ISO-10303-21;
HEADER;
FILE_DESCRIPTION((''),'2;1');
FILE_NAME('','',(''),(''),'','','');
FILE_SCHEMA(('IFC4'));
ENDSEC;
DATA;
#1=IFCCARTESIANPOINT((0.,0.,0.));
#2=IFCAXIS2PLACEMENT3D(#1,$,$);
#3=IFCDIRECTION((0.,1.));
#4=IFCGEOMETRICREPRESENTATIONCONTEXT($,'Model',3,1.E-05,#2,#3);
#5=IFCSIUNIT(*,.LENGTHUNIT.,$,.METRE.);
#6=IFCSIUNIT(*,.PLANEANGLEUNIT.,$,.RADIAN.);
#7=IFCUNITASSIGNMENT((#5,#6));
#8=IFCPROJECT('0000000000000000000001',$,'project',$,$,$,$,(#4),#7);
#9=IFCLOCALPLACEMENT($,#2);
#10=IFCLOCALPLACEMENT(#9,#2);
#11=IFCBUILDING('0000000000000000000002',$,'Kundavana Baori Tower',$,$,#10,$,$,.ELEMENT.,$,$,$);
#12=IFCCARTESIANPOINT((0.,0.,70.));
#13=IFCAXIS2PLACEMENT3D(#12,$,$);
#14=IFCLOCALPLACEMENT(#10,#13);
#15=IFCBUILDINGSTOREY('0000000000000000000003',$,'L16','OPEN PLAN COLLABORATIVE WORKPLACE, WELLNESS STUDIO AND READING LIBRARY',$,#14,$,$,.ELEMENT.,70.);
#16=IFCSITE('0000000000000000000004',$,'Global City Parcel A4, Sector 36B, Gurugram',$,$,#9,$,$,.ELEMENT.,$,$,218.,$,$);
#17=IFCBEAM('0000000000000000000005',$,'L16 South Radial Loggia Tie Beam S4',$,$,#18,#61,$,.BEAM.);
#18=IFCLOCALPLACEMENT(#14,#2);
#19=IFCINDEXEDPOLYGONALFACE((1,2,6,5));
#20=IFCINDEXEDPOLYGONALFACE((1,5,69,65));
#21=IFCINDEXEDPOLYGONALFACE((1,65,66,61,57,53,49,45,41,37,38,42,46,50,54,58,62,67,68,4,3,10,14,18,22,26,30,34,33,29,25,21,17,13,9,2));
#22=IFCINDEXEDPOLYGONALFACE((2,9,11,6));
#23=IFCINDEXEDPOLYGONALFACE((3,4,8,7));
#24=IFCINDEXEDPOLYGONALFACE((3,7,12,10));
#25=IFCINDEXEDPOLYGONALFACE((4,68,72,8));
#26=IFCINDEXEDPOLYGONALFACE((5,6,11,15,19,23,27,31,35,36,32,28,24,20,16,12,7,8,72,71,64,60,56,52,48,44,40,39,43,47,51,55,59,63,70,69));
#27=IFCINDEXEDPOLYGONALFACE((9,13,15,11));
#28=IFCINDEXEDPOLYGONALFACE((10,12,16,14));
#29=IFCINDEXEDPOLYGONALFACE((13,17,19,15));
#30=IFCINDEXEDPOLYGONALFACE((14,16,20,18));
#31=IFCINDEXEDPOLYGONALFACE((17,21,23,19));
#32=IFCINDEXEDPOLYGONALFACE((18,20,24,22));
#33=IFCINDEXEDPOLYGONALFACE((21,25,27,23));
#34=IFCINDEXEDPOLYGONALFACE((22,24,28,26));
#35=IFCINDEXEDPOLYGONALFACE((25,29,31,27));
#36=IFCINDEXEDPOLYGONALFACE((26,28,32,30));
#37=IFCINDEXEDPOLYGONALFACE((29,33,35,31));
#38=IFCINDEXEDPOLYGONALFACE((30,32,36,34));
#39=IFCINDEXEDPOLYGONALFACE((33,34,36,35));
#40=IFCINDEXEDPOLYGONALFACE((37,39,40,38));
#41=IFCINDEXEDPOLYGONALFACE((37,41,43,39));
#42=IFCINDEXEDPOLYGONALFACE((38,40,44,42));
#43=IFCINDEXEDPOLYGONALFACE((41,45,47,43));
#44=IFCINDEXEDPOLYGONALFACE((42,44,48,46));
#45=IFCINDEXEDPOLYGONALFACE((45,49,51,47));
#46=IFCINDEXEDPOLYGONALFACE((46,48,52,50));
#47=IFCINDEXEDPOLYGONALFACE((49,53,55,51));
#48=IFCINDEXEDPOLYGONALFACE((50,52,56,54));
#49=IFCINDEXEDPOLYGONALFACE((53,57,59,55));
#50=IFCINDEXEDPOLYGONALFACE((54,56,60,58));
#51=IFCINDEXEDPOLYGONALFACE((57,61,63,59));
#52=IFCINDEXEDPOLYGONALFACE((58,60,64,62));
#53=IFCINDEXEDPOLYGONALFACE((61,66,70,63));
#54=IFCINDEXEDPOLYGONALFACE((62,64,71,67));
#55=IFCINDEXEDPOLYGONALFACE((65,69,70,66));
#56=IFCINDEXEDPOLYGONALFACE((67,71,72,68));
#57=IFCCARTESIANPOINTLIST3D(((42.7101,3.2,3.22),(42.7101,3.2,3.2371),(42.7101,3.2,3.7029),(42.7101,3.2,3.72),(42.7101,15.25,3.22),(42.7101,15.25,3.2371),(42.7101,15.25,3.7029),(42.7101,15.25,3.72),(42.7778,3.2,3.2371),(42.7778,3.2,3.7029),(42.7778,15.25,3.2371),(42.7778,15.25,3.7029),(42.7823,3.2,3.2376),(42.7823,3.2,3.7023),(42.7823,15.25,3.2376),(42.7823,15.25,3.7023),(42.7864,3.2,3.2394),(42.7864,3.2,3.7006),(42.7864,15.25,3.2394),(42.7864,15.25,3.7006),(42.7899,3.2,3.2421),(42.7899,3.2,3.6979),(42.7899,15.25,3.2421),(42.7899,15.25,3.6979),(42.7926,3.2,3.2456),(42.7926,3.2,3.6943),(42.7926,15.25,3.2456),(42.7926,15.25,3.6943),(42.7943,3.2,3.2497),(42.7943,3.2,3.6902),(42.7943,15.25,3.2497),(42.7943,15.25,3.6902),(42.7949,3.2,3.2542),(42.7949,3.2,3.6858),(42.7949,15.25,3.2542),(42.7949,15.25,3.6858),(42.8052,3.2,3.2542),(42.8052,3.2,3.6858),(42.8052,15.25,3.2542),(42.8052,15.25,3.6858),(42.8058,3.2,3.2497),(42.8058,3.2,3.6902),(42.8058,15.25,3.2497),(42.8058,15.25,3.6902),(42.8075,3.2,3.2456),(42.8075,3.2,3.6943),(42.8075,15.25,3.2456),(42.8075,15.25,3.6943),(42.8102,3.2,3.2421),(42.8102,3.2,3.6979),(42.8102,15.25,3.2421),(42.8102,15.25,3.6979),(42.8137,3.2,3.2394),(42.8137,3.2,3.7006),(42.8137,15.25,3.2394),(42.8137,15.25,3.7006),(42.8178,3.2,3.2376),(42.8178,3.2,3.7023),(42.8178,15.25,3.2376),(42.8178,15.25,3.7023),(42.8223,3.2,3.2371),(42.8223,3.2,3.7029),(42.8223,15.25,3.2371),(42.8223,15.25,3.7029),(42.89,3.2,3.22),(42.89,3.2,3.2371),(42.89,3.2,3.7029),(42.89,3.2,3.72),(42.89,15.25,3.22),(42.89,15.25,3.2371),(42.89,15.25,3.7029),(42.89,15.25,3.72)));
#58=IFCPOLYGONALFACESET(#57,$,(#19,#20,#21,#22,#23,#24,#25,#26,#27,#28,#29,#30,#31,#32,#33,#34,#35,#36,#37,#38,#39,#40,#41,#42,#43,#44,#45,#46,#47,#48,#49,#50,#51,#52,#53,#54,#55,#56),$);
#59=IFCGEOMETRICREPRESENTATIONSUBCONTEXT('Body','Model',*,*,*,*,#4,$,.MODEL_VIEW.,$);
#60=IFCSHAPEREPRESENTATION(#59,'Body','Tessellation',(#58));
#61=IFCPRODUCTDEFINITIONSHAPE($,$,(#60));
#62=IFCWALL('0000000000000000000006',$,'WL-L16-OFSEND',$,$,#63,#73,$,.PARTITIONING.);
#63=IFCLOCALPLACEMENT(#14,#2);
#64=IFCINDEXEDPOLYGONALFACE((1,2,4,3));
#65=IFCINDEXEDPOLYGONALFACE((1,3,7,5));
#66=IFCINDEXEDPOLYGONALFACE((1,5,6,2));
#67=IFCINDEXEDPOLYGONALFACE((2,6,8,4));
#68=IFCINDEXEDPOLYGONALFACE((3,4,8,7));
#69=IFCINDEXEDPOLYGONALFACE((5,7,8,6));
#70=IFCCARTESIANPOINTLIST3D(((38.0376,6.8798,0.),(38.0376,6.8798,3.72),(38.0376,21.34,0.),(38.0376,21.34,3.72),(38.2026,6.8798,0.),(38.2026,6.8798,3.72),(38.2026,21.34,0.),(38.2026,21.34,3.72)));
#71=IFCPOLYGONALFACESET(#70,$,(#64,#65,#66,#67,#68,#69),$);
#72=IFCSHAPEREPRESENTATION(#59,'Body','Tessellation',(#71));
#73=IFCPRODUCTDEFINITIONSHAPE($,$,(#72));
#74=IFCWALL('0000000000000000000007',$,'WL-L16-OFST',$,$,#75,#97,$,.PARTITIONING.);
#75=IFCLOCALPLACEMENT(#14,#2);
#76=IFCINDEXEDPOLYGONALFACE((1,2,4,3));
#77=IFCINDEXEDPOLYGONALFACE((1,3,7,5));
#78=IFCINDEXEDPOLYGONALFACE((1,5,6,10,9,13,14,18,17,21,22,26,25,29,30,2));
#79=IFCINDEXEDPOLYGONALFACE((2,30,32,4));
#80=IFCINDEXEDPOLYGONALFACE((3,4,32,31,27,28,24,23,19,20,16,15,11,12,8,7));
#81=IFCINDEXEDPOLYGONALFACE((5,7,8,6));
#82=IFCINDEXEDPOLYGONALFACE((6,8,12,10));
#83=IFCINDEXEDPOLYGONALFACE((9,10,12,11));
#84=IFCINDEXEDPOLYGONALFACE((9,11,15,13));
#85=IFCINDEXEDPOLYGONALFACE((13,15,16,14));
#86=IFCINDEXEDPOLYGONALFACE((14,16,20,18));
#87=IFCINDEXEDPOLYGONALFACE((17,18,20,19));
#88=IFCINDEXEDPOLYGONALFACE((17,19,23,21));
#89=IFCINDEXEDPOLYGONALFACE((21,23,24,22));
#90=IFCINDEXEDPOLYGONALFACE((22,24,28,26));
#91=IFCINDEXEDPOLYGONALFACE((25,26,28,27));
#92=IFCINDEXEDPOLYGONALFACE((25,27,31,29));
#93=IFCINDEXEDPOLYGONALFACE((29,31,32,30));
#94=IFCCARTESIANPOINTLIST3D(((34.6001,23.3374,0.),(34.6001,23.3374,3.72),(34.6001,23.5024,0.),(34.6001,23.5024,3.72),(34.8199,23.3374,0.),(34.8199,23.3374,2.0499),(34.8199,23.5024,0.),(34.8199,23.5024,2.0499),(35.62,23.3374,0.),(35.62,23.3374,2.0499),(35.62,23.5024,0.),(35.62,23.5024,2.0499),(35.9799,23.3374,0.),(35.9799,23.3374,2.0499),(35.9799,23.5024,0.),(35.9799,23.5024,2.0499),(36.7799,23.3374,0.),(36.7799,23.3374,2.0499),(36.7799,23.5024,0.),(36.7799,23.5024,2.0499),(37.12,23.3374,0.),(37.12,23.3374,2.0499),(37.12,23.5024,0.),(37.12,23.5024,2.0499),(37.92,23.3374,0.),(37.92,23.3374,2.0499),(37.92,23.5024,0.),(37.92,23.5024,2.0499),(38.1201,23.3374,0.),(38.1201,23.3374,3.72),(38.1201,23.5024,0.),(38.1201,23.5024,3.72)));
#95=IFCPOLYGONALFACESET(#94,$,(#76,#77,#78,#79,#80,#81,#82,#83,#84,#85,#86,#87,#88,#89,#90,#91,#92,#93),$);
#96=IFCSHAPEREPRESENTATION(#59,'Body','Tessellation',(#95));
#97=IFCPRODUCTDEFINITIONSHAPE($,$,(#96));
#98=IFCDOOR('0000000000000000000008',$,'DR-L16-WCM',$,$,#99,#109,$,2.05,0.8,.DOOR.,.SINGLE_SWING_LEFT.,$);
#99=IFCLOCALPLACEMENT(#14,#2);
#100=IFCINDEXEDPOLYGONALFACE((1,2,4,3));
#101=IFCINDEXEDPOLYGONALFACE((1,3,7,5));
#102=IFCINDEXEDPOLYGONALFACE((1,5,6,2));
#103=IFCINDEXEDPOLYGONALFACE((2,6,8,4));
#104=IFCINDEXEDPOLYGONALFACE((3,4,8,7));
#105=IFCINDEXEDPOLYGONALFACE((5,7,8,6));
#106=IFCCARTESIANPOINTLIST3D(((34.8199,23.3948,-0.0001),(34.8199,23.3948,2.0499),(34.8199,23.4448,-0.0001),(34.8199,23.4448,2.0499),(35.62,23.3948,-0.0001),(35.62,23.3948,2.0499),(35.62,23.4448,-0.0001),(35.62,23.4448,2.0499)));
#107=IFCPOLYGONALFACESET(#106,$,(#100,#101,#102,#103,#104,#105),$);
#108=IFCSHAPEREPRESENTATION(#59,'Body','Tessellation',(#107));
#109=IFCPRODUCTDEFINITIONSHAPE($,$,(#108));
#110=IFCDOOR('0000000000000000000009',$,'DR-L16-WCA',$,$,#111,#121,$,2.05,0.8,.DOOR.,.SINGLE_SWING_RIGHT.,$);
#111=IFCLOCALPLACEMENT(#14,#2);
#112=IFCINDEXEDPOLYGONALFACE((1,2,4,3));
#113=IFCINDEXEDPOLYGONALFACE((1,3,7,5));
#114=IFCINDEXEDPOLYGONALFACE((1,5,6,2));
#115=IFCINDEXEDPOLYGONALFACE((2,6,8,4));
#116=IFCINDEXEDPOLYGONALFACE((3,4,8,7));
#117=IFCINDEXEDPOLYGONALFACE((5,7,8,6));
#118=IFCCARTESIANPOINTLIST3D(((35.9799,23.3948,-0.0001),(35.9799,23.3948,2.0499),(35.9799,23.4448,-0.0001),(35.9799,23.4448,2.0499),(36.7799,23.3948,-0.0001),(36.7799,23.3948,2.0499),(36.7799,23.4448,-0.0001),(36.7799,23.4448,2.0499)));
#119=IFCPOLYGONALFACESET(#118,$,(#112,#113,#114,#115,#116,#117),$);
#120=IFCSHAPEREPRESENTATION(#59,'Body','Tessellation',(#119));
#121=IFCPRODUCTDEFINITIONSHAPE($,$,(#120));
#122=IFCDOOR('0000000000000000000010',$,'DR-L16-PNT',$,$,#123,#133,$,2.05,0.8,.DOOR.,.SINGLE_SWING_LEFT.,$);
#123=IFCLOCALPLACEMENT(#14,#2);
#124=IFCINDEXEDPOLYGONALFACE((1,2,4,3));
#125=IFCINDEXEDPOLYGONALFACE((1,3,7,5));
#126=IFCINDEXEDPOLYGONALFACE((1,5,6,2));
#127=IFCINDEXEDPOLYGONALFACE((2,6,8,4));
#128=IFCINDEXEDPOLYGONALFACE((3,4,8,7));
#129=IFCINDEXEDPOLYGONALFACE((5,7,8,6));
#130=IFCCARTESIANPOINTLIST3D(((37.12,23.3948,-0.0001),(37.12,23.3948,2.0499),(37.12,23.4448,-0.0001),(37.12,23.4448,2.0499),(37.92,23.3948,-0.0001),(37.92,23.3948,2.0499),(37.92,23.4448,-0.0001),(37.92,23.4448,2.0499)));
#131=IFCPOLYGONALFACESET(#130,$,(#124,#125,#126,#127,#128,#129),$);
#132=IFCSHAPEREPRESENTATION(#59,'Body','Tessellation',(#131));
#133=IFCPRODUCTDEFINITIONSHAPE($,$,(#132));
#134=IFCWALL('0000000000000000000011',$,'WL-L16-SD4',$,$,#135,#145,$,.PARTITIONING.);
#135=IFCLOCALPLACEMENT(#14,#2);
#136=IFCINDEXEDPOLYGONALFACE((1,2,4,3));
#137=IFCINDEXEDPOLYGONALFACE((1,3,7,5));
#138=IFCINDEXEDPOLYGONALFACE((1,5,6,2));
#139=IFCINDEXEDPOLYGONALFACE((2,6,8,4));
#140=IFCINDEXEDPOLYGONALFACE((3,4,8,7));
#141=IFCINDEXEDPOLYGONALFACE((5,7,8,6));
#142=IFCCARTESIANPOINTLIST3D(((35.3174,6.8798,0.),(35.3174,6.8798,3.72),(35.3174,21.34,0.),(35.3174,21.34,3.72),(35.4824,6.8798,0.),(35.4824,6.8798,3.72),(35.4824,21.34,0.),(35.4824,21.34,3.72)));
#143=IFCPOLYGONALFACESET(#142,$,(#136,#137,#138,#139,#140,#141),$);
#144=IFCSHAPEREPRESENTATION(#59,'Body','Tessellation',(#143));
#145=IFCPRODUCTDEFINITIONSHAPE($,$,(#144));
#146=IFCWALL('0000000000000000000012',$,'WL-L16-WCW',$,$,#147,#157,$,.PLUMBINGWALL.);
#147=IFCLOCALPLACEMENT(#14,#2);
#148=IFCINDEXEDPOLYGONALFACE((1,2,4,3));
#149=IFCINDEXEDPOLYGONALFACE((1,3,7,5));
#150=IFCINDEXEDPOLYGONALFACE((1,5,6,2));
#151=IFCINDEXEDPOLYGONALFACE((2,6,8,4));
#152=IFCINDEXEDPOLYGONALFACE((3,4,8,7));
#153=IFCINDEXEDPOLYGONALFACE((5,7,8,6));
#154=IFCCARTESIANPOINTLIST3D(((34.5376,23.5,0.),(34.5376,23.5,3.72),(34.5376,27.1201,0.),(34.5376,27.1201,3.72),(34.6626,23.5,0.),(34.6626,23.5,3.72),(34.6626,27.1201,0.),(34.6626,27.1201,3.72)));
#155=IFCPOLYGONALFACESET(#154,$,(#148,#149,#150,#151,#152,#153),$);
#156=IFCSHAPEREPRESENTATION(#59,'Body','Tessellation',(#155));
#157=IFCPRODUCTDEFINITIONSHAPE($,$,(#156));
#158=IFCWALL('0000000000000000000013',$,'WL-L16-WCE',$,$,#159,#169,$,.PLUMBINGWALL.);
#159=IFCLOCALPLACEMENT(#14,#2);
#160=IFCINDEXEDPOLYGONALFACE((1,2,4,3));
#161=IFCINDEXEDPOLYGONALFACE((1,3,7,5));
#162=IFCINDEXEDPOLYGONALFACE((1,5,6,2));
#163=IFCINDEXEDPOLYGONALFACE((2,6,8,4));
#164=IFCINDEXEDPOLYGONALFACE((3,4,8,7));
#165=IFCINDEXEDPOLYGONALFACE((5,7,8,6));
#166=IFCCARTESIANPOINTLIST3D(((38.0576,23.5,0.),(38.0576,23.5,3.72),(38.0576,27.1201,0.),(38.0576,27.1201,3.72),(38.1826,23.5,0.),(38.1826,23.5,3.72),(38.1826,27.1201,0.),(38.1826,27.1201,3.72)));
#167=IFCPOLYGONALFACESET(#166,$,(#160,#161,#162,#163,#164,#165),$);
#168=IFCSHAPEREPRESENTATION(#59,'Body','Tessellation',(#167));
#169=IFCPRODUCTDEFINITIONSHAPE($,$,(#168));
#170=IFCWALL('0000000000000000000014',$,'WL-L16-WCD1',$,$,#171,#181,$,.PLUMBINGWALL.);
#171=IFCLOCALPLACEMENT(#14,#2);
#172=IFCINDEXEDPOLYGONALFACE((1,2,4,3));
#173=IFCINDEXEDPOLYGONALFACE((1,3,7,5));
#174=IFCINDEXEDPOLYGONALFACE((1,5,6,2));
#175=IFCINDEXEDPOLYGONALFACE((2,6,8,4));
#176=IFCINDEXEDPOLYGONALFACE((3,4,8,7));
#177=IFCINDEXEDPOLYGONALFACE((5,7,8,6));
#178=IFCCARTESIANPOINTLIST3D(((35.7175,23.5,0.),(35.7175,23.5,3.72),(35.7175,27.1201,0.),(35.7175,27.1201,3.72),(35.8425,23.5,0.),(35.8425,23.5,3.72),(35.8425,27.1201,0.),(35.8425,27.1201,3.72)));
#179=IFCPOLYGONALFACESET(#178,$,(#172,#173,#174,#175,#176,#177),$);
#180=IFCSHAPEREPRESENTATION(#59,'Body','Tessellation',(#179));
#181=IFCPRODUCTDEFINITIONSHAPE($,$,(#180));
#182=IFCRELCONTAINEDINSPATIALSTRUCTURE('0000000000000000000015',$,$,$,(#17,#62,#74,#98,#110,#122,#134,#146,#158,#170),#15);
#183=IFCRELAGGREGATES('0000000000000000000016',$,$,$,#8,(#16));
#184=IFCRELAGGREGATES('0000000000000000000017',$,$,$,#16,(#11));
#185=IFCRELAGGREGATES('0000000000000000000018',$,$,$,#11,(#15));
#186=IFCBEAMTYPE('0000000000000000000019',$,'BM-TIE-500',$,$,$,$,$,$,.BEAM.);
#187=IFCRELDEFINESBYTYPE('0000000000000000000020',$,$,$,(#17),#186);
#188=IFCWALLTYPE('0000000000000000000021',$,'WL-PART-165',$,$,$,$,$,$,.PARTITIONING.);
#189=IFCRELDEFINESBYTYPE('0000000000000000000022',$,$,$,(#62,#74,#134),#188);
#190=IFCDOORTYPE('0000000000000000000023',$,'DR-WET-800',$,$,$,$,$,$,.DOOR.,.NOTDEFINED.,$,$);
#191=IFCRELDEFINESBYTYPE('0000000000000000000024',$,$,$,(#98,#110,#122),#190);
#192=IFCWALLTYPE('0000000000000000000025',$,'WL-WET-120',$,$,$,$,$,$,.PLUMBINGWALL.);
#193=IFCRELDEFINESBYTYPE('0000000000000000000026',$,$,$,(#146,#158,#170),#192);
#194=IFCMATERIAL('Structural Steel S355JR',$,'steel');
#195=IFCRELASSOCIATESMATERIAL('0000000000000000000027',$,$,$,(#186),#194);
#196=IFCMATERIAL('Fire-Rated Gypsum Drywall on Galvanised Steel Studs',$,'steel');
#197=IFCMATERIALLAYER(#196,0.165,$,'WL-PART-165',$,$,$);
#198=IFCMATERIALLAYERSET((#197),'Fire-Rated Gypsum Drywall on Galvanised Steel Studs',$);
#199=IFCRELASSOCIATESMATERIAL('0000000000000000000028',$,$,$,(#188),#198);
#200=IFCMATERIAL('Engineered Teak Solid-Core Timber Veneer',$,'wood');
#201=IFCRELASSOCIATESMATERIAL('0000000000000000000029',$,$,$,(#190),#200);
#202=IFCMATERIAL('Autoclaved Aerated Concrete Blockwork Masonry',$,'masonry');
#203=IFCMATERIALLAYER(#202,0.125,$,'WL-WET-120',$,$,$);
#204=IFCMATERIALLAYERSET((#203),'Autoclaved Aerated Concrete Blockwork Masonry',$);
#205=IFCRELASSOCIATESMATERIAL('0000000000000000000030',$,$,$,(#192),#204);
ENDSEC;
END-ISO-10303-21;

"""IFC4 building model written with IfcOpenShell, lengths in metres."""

from ifc_helpers import new_model, si_unit, direction, frame, frame_2d, origin, origin_2d, place, context, subcontext, project, spatial, rectangle, i_section, extrude, material, layer, layer_set, material_profile, profile_set, type_object, element, fill, save


model = new_model("IFC4")

# Units and contexts
model_context = context("Model", 3, precision=1e-05, world=origin(), true_north=direction((0.0, 1.0)))
body_context = subcontext(model_context, "Body", "Model", "MODEL_VIEW")
ifc_project = project(units=[si_unit("LENGTHUNIT", "METRE"), si_unit("PLANEANGLEUNIT", "RADIAN")], contexts=[model_context])

# Site, building, storey
site_placement = place(None, origin())
site = spatial("IfcSite", under=ifc_project, at=site_placement, Name="Global City Parcel A4, Sector 36B, Gurugram", CompositionType="ELEMENT", RefElevation=218.0)
building_placement = place(site_placement, origin())
building = spatial("IfcBuilding", under=site, at=building_placement, Name="Kundavana Baori Tower", CompositionType="ELEMENT")
storey_placement = place(building_placement, frame((0.0, 0.0, 70.0)))
storey = spatial("IfcBuildingStorey", under=building, at=storey_placement, Name="L16", Description="OPEN PLAN COLLABORATIVE WORKPLACE, WELLNESS STUDIO AND READING LIBRARY", CompositionType="ELEMENT", Elevation=70.0)

# Beam
ifc_material_1 = material(Name="Structural Steel S355JR", Category="steel")
ifc_material_profile_1 = material_profile(ifc_material_1, i_section(OverallWidth=0.1799, OverallDepth=0.5, WebThickness=0.0103, FlangeThickness=0.0171, FilletRadius=0.0171, at=origin_2d()), Name="ISMB 500")
ifc_profile_set_1 = profile_set([ifc_material_profile_1], Name="Structural Steel S355JR")
beam_type_1 = type_object("IfcBeamType", Name="BM-TIE-500", PredefinedType="BEAM", material=ifc_profile_set_1)
beam_1_placement = place(storey_placement, frame((42.8, 15.25, 3.47), z_axis=(0.0, -1.0, 0.0), x_axis=(1.0, 0.0, 0.0)))
element("IfcBeam", 1, at=beam_1_placement, inside=storey, type_object=beam_type_1, Name="L16 South Radial Loggia Tie Beam S4", PredefinedType="BEAM", context=body_context, shape_type="SweptSolid", body=[
    extrude(i_section(OverallWidth=0.1799, OverallDepth=0.5, WebThickness=0.0103, FlangeThickness=0.0171, FilletRadius=0.0171, at=origin_2d()), origin(), (0.0, 0.0, 1.0), 12.05),
])

# Wall
ifc_material_2 = material(Name="Fire-Rated Gypsum Drywall on Galvanised Steel Studs", Category="steel")
ifc_layer_1 = layer(ifc_material_2, 0.165, Name="WL-PART-165")
ifc_layer_set_1 = layer_set([ifc_layer_1], Name="Fire-Rated Gypsum Drywall on Galvanised Steel Studs")
wall_type_1 = type_object("IfcWallType", Name="WL-PART-165", PredefinedType="PARTITIONING", material=ifc_layer_set_1)
wall_1_placement = place(storey_placement, frame((38.1201, 6.8799, 0.0), z_axis=(0.0, 0.0, 1.0), x_axis=(0.0, 1.0, 0.0)))
element("IfcWall", 2, at=wall_1_placement, inside=storey, type_object=wall_type_1, Name="WL-L16-OFSEND", PredefinedType="PARTITIONING", context=body_context, shape_type="SweptSolid", body=[
    extrude(rectangle(XDim=14.4602, YDim=0.165, at=frame_2d((7.23, 0.0))), origin(), (0.0, 0.0, 1.0), 3.72),
])

# Wall, openings, doors
wall_2_placement = place(storey_placement, frame((34.6001, 23.4199, 0.0), z_axis=(0.0, 0.0, 1.0), x_axis=(1.0, 0.0, 0.0)))
wall_2 = element("IfcWall", 3, at=wall_2_placement, inside=storey, type_object=wall_type_1, Name="WL-L16-OFST", PredefinedType="PARTITIONING", context=body_context, shape_type="SweptSolid", body=[
    extrude(rectangle(XDim=3.52, YDim=0.165, at=frame_2d((1.76, 0.0))), origin(), (0.0, 0.0, 1.0), 3.72),
])
opening_1_placement = place(wall_2_placement, frame((0.22, 0.0, 0.0)))
opening_1 = element("IfcOpeningElement", 4, at=opening_1_placement, cuts=wall_2, PredefinedType="OPENING", context=body_context, shape_type="SweptSolid", body=[
    extrude(rectangle(XDim=0.8, YDim=2.05, at=frame_2d((0.3999, 1.0249))), frame((0.0, 0.0925, 0.0), z_axis=(0.0, -1.0, 0.0), x_axis=(1.0, 0.0, 0.0)), (0.0, 0.0, 1.0), 0.1851),
])
opening_2_placement = place(wall_2_placement, frame((1.3799, 0.0, 0.0)))
opening_2 = element("IfcOpeningElement", 5, at=opening_2_placement, cuts=wall_2, PredefinedType="OPENING", context=body_context, shape_type="SweptSolid", body=[
    extrude(rectangle(XDim=0.8, YDim=2.05, at=frame_2d((0.3999, 1.0249))), frame((0.0, 0.0925, 0.0), z_axis=(0.0, -1.0, 0.0), x_axis=(1.0, 0.0, 0.0)), (0.0, 0.0, 1.0), 0.1851),
])
opening_3_placement = place(wall_2_placement, frame((2.52, 0.0, 0.0)))
opening_3 = element("IfcOpeningElement", 6, at=opening_3_placement, cuts=wall_2, PredefinedType="OPENING", context=body_context, shape_type="SweptSolid", body=[
    extrude(rectangle(XDim=0.8, YDim=2.05, at=frame_2d((0.3999, 1.0249))), frame((0.0, 0.0925, 0.0), z_axis=(0.0, -1.0, 0.0), x_axis=(1.0, 0.0, 0.0)), (0.0, 0.0, 1.0), 0.1851),
])
ifc_material_3 = material(Name="Engineered Teak Solid-Core Timber Veneer", Category="wood")
door_type = type_object("IfcDoorType", Name="DR-WET-800", OperationType="NOTDEFINED", PredefinedType="DOOR", material=ifc_material_3)
door_1_placement = place(opening_1_placement, origin())
door_1 = element("IfcDoor", 7, at=door_1_placement, inside=storey, type_object=door_type, Name="DR-L16-WCM", OperationType="SINGLE_SWING_LEFT", OverallHeight=2.05, OverallWidth=0.8, PredefinedType="DOOR", context=body_context, shape_type="SweptSolid", body=[
    extrude(rectangle(XDim=0.8, YDim=2.05, at=frame_2d((0.3999, 1.0249))), frame((0.0, 0.0249, 0.0), z_axis=(0.0, -1.0, 0.0), x_axis=(1.0, 0.0, 0.0)), (0.0, 0.0, 1.0), 0.05),
])
fill(opening_1, door_1)
door_2_placement = place(opening_2_placement, origin())
door_2 = element("IfcDoor", 8, at=door_2_placement, inside=storey, type_object=door_type, Name="DR-L16-WCA", OperationType="SINGLE_SWING_RIGHT", OverallHeight=2.05, OverallWidth=0.8, PredefinedType="DOOR", context=body_context, shape_type="SweptSolid", body=[
    extrude(rectangle(XDim=0.8, YDim=2.05, at=frame_2d((0.3999, 1.0249))), frame((0.0, 0.0249, 0.0), z_axis=(0.0, -1.0, 0.0), x_axis=(1.0, 0.0, 0.0)), (0.0, 0.0, 1.0), 0.05),
])
fill(opening_2, door_2)
door_3_placement = place(opening_3_placement, origin())
door_3 = element("IfcDoor", 9, at=door_3_placement, inside=storey, type_object=door_type, Name="DR-L16-PNT", OperationType="SINGLE_SWING_LEFT", OverallHeight=2.05, OverallWidth=0.8, PredefinedType="DOOR", context=body_context, shape_type="SweptSolid", body=[
    extrude(rectangle(XDim=0.8, YDim=2.05, at=frame_2d((0.3999, 1.0249))), frame((0.0, 0.0249, 0.0), z_axis=(0.0, -1.0, 0.0), x_axis=(1.0, 0.0, 0.0)), (0.0, 0.0, 1.0), 0.05),
])
fill(opening_3, door_3)

# Walls
wall_3_placement = place(storey_placement, frame((35.3999, 6.8799, 0.0), z_axis=(0.0, 0.0, 1.0), x_axis=(0.0, 1.0, 0.0)))
element("IfcWall", 10, at=wall_3_placement, inside=storey, type_object=wall_type_1, Name="WL-L16-SD4", PredefinedType="PARTITIONING", context=body_context, shape_type="SweptSolid", body=[
    extrude(rectangle(XDim=14.4602, YDim=0.165, at=frame_2d((7.23, 0.0))), origin(), (0.0, 0.0, 1.0), 3.72),
])
ifc_material_4 = material(Name="Autoclaved Aerated Concrete Blockwork Masonry", Category="masonry")
ifc_layer_2 = layer(ifc_material_4, 0.125, Name="WL-WET-120")
ifc_layer_set_2 = layer_set([ifc_layer_2], Name="Autoclaved Aerated Concrete Blockwork Masonry")
wall_type_2 = type_object("IfcWallType", Name="WL-WET-120", PredefinedType="PLUMBINGWALL", material=ifc_layer_set_2)
for number, where, z_axis, x_axis, name in (
    (11, (34.6001, 23.5, 0.0), (0.0, 0.0, 1.0), (0.0, 1.0, 0.0), "WL-L16-WCW"),
    (12, (38.1201, 23.5, 0.0), (0.0, 0.0, 1.0), (0.0, 1.0, 0.0), "WL-L16-WCE"),
    (13, (35.78, 23.5, 0.0), (0.0, 0.0, 1.0), (0.0, 1.0, 0.0), "WL-L16-WCD1"),
):
    element("IfcWall", number, at=place(storey_placement, frame(where, z_axis=z_axis, x_axis=x_axis)), inside=storey, type_object=wall_type_2, Name=name, PredefinedType="PLUMBINGWALL", context=body_context, shape_type="SweptSolid", body=[
        extrude(rectangle(XDim=3.6201, YDim=0.125, at=frame_2d((1.8101, 0.0))), origin(), (0.0, 0.0, 1.0), 3.72),
    ])

save(model, "model.ifc")
